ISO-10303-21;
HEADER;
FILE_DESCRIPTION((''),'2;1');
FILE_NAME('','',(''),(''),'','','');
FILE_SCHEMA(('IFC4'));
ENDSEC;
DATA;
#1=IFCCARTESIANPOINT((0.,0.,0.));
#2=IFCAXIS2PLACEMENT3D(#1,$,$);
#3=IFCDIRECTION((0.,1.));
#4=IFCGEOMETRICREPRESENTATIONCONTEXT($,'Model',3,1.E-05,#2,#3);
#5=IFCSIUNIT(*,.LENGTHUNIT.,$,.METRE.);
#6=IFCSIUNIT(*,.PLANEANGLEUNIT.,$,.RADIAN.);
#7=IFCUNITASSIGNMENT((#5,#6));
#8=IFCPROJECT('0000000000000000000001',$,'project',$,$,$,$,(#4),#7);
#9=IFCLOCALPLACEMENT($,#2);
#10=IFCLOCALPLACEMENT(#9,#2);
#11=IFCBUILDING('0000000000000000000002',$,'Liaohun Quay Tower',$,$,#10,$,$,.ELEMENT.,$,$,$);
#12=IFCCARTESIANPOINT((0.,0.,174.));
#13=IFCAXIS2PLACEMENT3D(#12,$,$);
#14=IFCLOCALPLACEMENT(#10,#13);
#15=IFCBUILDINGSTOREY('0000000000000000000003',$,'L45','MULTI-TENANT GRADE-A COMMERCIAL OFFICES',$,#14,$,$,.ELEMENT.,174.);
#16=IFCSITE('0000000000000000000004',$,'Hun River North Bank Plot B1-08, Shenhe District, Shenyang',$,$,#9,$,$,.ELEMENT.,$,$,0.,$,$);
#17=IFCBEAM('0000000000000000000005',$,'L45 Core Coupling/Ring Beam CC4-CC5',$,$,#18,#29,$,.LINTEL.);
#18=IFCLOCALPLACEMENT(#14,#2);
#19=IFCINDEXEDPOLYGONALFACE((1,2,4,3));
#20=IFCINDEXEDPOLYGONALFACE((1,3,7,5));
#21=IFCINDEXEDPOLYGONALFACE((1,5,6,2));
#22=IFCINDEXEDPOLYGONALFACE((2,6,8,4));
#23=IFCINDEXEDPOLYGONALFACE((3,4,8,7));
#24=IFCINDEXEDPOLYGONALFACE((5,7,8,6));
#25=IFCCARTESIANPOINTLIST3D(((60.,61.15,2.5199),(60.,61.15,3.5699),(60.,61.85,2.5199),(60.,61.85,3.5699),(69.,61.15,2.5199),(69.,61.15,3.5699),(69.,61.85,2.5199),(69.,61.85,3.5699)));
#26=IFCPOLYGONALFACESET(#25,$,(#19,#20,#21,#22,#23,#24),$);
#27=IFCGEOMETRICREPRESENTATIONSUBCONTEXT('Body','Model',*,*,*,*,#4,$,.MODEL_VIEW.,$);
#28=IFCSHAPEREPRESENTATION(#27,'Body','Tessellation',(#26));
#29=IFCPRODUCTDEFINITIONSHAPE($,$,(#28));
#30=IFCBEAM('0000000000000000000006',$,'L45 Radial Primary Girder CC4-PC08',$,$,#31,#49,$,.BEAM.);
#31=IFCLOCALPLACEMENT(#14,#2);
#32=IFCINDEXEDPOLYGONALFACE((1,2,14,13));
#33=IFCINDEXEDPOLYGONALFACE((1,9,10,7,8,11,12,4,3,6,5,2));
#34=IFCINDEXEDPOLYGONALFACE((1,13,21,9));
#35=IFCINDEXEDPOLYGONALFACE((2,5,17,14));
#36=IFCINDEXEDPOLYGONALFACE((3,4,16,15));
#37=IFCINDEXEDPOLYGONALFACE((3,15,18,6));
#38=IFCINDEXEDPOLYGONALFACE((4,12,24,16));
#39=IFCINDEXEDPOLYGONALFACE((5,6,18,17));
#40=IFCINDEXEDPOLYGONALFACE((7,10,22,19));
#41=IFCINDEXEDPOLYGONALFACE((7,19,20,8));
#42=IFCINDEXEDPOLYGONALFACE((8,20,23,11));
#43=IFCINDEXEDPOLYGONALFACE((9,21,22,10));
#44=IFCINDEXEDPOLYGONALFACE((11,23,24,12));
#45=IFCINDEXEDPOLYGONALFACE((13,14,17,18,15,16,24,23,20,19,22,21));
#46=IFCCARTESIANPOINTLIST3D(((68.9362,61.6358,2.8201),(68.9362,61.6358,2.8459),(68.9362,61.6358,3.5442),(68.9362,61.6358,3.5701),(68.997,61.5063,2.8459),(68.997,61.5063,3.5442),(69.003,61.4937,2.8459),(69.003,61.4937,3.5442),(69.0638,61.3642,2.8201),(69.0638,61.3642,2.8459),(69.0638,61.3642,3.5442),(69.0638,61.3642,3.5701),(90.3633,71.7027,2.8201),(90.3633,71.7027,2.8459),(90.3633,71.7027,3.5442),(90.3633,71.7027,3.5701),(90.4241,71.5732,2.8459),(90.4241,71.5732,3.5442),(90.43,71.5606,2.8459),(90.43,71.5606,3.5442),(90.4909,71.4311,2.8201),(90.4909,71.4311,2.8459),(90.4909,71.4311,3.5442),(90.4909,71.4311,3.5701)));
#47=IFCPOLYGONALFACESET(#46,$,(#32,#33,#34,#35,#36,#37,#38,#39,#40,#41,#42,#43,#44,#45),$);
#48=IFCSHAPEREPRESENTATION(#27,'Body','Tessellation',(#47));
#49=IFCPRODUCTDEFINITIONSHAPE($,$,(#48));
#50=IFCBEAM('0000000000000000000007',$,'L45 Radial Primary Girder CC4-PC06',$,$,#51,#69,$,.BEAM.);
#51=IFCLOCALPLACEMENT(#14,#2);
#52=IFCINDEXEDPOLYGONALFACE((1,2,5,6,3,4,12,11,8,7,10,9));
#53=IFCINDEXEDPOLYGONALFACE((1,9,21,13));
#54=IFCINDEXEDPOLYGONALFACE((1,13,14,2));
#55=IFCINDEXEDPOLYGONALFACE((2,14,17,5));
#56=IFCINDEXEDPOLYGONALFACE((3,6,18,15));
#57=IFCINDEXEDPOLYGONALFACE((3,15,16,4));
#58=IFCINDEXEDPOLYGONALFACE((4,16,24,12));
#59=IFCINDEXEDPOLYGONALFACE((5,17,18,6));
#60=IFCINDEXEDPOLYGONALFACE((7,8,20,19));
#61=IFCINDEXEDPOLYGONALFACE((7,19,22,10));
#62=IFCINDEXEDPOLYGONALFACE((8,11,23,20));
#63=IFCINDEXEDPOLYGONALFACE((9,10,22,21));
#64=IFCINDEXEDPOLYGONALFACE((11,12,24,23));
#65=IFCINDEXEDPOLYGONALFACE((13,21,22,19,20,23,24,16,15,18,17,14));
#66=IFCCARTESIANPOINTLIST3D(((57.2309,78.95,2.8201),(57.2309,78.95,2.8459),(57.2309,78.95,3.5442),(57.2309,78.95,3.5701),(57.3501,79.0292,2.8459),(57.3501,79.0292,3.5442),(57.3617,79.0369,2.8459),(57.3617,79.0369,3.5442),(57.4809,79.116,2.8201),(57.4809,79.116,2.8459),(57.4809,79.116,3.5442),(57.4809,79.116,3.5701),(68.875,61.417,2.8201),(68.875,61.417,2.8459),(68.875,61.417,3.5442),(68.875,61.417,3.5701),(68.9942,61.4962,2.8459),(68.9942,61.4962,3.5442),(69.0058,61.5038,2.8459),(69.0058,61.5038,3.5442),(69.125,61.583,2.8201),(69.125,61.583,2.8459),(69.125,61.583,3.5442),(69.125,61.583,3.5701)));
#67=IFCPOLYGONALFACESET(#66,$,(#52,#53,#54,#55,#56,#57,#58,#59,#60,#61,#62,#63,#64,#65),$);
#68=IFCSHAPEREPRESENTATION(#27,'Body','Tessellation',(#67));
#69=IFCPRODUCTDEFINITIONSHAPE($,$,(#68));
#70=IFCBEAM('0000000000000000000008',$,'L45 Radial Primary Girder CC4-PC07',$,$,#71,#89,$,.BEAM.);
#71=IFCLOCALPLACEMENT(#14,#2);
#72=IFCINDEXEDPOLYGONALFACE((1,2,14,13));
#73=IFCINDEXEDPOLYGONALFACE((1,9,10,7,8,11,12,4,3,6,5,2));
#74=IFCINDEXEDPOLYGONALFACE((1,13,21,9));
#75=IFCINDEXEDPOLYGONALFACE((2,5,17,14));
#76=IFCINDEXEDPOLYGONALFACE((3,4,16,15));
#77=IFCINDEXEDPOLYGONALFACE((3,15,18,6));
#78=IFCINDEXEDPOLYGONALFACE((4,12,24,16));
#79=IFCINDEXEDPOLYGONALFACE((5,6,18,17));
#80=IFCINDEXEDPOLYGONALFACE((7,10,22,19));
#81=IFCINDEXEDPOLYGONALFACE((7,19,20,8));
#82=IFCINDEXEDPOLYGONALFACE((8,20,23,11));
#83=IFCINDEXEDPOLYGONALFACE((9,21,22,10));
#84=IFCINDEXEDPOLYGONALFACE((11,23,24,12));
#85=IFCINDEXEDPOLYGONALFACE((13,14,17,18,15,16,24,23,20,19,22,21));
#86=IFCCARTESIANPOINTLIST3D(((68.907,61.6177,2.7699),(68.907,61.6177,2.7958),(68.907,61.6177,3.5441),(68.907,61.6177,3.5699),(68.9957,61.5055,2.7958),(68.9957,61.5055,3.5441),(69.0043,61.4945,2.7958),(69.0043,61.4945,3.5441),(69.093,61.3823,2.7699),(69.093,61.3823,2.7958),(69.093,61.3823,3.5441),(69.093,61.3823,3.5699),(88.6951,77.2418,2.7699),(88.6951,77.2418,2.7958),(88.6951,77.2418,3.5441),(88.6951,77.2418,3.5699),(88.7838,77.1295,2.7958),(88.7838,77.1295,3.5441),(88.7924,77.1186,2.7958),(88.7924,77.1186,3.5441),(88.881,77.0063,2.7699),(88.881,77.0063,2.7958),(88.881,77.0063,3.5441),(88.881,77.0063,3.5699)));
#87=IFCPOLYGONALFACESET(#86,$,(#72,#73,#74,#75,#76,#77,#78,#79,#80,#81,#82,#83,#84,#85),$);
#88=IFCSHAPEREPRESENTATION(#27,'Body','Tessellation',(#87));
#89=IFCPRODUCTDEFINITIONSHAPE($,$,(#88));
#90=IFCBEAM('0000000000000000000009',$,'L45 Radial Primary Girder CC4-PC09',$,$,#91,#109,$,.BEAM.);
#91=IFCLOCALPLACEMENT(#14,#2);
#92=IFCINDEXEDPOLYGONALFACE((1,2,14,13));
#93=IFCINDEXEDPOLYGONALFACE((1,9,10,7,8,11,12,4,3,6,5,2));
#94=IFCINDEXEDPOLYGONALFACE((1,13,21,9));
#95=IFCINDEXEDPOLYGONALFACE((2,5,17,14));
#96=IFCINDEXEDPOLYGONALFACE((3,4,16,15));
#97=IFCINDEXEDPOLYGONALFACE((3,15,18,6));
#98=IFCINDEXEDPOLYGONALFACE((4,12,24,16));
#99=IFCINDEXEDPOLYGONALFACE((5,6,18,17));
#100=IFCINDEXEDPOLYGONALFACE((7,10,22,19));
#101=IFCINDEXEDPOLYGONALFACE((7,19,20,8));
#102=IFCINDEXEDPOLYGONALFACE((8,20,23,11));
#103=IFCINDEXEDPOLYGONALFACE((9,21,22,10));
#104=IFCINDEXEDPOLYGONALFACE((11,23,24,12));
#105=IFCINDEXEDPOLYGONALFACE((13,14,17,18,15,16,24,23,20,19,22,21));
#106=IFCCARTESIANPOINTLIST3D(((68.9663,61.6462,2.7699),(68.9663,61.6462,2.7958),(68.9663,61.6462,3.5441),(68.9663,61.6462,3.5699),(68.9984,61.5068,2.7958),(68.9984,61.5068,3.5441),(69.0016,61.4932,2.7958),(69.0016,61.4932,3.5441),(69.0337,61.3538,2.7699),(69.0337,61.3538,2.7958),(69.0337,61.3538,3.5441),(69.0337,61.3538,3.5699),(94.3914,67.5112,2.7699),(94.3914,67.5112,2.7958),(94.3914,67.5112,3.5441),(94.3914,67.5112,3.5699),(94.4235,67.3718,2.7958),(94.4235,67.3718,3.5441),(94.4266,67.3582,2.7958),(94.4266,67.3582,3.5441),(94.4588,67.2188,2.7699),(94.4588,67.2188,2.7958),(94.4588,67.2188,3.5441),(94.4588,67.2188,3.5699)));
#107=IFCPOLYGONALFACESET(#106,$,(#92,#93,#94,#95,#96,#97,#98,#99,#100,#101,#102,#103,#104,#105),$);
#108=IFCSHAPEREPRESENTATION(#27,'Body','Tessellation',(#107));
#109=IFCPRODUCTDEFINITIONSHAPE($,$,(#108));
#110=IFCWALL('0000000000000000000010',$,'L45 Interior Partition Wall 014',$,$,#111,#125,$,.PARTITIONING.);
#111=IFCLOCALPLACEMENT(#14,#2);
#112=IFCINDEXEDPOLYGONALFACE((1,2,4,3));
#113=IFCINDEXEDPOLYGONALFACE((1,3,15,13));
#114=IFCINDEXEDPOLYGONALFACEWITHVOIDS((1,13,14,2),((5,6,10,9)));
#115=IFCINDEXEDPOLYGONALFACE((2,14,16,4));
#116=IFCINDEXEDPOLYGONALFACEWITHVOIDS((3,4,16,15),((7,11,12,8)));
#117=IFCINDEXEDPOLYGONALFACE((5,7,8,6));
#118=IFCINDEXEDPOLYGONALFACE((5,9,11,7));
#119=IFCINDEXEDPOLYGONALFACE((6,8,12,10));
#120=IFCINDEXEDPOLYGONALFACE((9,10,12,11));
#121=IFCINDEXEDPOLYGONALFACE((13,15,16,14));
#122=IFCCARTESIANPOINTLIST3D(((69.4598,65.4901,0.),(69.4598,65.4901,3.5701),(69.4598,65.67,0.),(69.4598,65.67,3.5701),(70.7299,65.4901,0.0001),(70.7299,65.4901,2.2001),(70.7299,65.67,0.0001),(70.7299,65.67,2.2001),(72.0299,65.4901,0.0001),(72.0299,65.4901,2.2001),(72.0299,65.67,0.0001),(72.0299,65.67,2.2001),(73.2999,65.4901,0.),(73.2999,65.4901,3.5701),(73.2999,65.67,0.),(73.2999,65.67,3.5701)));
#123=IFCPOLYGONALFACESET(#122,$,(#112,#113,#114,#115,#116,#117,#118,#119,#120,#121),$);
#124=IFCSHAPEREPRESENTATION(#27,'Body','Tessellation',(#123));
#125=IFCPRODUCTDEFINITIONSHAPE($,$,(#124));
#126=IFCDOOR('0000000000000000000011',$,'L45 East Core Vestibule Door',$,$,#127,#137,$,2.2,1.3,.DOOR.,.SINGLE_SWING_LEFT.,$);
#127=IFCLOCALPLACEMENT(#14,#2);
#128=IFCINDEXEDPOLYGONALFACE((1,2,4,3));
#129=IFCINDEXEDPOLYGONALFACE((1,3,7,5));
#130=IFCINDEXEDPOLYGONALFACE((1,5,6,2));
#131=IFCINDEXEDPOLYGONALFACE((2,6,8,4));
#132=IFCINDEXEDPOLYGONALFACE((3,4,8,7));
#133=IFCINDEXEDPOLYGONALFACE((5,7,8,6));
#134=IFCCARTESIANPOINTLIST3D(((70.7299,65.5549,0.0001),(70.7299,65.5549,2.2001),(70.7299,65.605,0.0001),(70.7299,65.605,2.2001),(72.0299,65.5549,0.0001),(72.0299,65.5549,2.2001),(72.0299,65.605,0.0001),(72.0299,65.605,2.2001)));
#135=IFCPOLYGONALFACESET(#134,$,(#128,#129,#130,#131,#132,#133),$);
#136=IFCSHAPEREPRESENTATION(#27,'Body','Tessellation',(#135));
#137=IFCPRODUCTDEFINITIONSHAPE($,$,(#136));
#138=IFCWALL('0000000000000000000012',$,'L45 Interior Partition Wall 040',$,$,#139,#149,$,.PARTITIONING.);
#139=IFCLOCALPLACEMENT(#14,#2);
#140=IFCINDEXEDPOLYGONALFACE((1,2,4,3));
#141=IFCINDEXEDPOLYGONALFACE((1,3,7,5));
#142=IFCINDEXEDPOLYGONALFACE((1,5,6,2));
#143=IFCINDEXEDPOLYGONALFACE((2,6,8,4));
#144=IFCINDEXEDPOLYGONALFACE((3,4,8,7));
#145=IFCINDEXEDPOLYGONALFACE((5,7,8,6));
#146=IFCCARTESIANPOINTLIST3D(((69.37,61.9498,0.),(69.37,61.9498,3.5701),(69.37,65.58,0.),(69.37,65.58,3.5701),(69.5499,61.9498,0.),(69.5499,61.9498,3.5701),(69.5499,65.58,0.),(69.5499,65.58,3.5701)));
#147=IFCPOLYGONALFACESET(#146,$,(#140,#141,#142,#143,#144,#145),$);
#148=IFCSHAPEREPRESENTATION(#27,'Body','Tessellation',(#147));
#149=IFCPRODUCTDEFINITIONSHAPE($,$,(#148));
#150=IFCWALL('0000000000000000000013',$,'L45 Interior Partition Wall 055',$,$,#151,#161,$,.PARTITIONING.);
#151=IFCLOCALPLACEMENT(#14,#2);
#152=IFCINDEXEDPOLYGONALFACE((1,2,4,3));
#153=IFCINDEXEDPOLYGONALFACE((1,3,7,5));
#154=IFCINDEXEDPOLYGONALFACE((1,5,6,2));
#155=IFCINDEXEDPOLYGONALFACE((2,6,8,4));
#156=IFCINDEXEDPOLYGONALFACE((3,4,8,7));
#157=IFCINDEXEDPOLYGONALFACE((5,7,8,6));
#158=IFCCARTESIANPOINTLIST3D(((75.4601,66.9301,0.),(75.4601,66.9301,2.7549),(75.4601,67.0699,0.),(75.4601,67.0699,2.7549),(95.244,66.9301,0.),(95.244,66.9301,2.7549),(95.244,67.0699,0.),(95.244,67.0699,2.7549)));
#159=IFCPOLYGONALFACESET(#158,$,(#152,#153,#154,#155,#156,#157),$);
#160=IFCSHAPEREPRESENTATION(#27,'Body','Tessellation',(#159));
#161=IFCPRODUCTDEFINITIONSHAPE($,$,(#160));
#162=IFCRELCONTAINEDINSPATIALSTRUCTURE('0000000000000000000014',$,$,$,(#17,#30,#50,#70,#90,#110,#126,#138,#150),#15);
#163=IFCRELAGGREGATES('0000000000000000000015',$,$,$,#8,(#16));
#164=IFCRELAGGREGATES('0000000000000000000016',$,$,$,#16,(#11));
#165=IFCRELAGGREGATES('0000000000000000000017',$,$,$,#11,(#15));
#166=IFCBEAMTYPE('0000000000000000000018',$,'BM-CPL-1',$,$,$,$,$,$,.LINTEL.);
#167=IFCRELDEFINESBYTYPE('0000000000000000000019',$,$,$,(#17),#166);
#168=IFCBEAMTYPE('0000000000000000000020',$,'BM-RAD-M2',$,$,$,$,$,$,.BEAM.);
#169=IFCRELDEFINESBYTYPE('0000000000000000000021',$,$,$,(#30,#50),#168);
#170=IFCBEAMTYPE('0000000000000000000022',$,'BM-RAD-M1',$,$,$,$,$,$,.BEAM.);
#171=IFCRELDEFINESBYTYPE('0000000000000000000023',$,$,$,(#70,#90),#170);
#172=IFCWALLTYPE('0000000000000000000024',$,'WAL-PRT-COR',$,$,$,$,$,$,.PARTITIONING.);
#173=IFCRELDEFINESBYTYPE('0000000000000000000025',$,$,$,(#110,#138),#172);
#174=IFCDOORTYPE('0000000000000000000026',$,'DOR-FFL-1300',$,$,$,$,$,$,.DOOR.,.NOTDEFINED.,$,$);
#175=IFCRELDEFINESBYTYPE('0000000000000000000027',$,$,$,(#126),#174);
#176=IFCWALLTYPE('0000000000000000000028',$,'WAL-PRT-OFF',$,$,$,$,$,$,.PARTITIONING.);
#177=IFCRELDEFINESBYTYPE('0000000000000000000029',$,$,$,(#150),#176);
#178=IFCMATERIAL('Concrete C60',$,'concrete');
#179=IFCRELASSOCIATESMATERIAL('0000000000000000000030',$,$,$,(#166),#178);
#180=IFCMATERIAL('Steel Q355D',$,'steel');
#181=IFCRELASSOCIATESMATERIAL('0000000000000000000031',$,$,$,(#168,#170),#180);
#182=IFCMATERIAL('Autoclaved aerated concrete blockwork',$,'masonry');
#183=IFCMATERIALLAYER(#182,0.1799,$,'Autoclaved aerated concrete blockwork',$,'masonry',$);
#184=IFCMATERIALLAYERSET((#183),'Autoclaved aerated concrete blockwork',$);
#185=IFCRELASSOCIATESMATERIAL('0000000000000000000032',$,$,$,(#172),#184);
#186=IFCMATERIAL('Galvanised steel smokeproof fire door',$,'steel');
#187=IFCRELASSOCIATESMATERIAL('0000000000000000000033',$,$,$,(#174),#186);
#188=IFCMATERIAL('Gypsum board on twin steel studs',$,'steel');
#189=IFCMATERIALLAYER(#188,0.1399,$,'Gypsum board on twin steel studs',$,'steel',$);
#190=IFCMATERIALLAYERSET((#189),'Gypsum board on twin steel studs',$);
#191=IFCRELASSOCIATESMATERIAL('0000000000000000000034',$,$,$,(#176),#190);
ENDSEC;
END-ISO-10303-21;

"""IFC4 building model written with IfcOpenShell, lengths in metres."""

from ifc_helpers import new_model, si_unit, direction, frame, frame_2d, origin, origin_2d, place, context, subcontext, project, spatial, rectangle, i_section, extrude, source, transform, mapped, material, layer, layer_set, material_profile, profile_set, type_object, element, fill, save


model = new_model("IFC4")

# Units and contexts
model_context = context("Model", 3, precision=1e-05, world=origin(), true_north=direction((0.0, 1.0)))
body_context = subcontext(model_context, "Body", "Model", "MODEL_VIEW")
ifc_project = project(units=[si_unit("LENGTHUNIT", "METRE"), si_unit("PLANEANGLEUNIT", "RADIAN")], contexts=[model_context])

# Site, building, storey
site_placement = place(None, origin())
site = spatial("IfcSite", under=ifc_project, at=site_placement, Name="Hun River North Bank Plot B1-08, Shenhe District, Shenyang", CompositionType="ELEMENT", RefElevation=0.0)
building_placement = place(site_placement, origin())
building = spatial("IfcBuilding", under=site, at=building_placement, Name="Liaohun Quay Tower", CompositionType="ELEMENT")
storey_placement = place(building_placement, frame((0.0, 0.0, 174.0)))
storey = spatial("IfcBuildingStorey", under=building, at=storey_placement, Name="L45", Description="MULTI-TENANT GRADE-A COMMERCIAL OFFICES", CompositionType="ELEMENT", Elevation=174.0)

# Beams
ifc_material_1 = material(Name="Concrete C60", Category="concrete")
ifc_material_profile_1 = material_profile(ifc_material_1, rectangle(XDim=0.7, YDim=1.05, at=origin_2d()), Name="RC700x1050")
ifc_profile_set_1 = profile_set([ifc_material_profile_1], Name="Concrete C60")
beam_type_1 = type_object("IfcBeamType", Name="BM-CPL-1", PredefinedType="LINTEL", material=ifc_profile_set_1)
shared_shape_1 = source(origin(), body_context, "Body", "SweptSolid", [
    extrude(rectangle(XDim=0.7, YDim=1.05, at=origin_2d()), origin(), (0.0, 0.0, 1.0), 9.0),
])
beam_1_placement = place(storey_placement, frame((69.0, 61.5, 3.0449), z_axis=(-1.0, 0.0, 0.0), x_axis=(0.0, -1.0, 0.0)))
element("IfcBeam", 1, at=beam_1_placement, inside=storey, type_object=beam_type_1, Name="L45 Core Coupling/Ring Beam CC4-CC5", PredefinedType="LINTEL", context=body_context, shape_type="MappedRepresentation", body=[
    mapped(shared_shape_1, transform((0.0, 0.0, 0.0), x_axis=(1.0, 0.0, 0.0), y_axis=(0.0, 1.0, 0.0), z_axis=(0.0, 0.0, 1.0), scale=1.0)),
])
ifc_material_2 = material(Name="Steel Q355D", Category="steel")
ifc_material_profile_2 = material_profile(ifc_material_2, i_section(OverallWidth=0.3, OverallDepth=0.75, WebThickness=0.0139, FlangeThickness=0.0259, at=origin_2d()), Name="HN750x300x14x26")
ifc_profile_set_2 = profile_set([ifc_material_profile_2], Name="Steel Q355D")
beam_type_2 = type_object("IfcBeamType", Name="BM-RAD-M2", PredefinedType="BEAM", material=ifc_profile_set_2)
shared_shape_2 = source(origin(), body_context, "Body", "SweptSolid", [
    extrude(i_section(OverallWidth=0.3, OverallDepth=0.75, WebThickness=0.0139, FlangeThickness=0.0259, at=origin_2d()), origin(), (0.0, 0.0, 1.0), 23.6741),
])
beam_2_placement = place(storey_placement, frame((69.0, 61.5, 3.1951), z_axis=(0.905085, 0.42523, 0.0), x_axis=(-0.42523, 0.905085, 0.0)))
element("IfcBeam", 2, at=beam_2_placement, inside=storey, type_object=beam_type_2, Name="L45 Radial Primary Girder CC4-PC08", PredefinedType="BEAM", context=body_context, shape_type="MappedRepresentation", body=[
    mapped(shared_shape_2, transform((0.0, 0.0, 0.0), x_axis=(1.0, 0.0, 0.0), y_axis=(0.0, 1.0, 0.0), z_axis=(0.0, 0.0, 1.0), scale=1.0)),
])
shared_shape_3 = source(origin(), body_context, "Body", "SweptSolid", [
    extrude(i_section(OverallWidth=0.3, OverallDepth=0.75, WebThickness=0.0139, FlangeThickness=0.0259, at=origin_2d()), origin(), (0.0, 0.0, 1.0), 21.0474),
])
beam_3_placement = place(storey_placement, frame((69.0, 61.5, 3.1951), z_axis=(-0.553232, 0.833027, 0.0), x_axis=(-0.833027, -0.553232, 0.0)))
element("IfcBeam", 3, at=beam_3_placement, inside=storey, type_object=beam_type_2, Name="L45 Radial Primary Girder CC4-PC06", PredefinedType="BEAM", context=body_context, shape_type="MappedRepresentation", body=[
    mapped(shared_shape_3, transform((0.0, 0.0, 0.0), x_axis=(1.0, 0.0, 0.0), y_axis=(0.0, 1.0, 0.0), z_axis=(0.0, 0.0, 1.0), scale=1.0)),
])
ifc_material_profile_3 = material_profile(ifc_material_2, i_section(OverallWidth=0.3, OverallDepth=0.8, WebThickness=0.0139, FlangeThickness=0.0259, at=origin_2d()), Name="HN800x300x14x26")
ifc_profile_set_3 = profile_set([ifc_material_profile_3], Name="Steel Q355D")
beam_type_3 = type_object("IfcBeamType", Name="BM-RAD-M1", PredefinedType="BEAM", material=ifc_profile_set_3)
shared_shape_4 = source(origin(), body_context, "Body", "SweptSolid", [
    extrude(i_section(OverallWidth=0.3, OverallDepth=0.8, WebThickness=0.0139, FlangeThickness=0.0259, at=origin_2d()), origin(), (0.0, 0.0, 1.0), 25.2126),
])
beam_4_placement = place(storey_placement, frame((69.0, 61.5, 3.1699), z_axis=(0.784847, 0.619689, 0.0), x_axis=(-0.619689, 0.784847, 0.0)))
element("IfcBeam", 4, at=beam_4_placement, inside=storey, type_object=beam_type_3, Name="L45 Radial Primary Girder CC4-PC07", PredefinedType="BEAM", context=body_context, shape_type="MappedRepresentation", body=[
    mapped(shared_shape_4, transform((0.0, 0.0, 0.0), x_axis=(1.0, 0.0, 0.0), y_axis=(0.0, 1.0, 0.0), z_axis=(0.0, 0.0, 1.0), scale=1.0)),
])
shared_shape_5 = source(origin(), body_context, "Body", "SweptSolid", [
    extrude(i_section(OverallWidth=0.3, OverallDepth=0.8, WebThickness=0.0139, FlangeThickness=0.0259, at=origin_2d()), origin(), (0.0, 0.0, 1.0), 26.0928),
])
beam_5_placement = place(storey_placement, frame((69.0, 61.5, 3.1699), z_axis=(0.974411, 0.224775, 0.0), x_axis=(-0.224775, 0.974411, 0.0)))
element("IfcBeam", 5, at=beam_5_placement, inside=storey, type_object=beam_type_3, Name="L45 Radial Primary Girder CC4-PC09", PredefinedType="BEAM", context=body_context, shape_type="MappedRepresentation", body=[
    mapped(shared_shape_5, transform((0.0, 0.0, 0.0), x_axis=(1.0, 0.0, 0.0), y_axis=(0.0, 1.0, 0.0), z_axis=(0.0, 0.0, 1.0), scale=1.0)),
])

# Wall, opening, door
ifc_material_3 = material(Name="Autoclaved aerated concrete blockwork", Category="masonry")
ifc_layer_1 = layer(ifc_material_3, 0.1799, Name="Autoclaved aerated concrete blockwork", Category="masonry")
ifc_layer_set_1 = layer_set([ifc_layer_1], Name="Autoclaved aerated concrete blockwork")
wall_type_1 = type_object("IfcWallType", Name="WAL-PRT-COR", PredefinedType="PARTITIONING", material=ifc_layer_set_1)
wall_1_placement = place(storey_placement, frame((69.46, 65.5801, 0.0), z_axis=(0.0, 0.0, 1.0), x_axis=(1.0, 0.0, 0.0)))
wall_1 = element("IfcWall", 6, at=wall_1_placement, inside=storey, type_object=wall_type_1, Name="L45 Interior Partition Wall 014", PredefinedType="PARTITIONING", context=body_context, shape_type="SweptSolid", body=[
    extrude(rectangle(XDim=3.8401, YDim=0.1799, at=frame_2d((1.9199, 0.0))), origin(), (0.0, 0.0, 1.0), 3.5701),
])
shared_shape_6 = source(origin(), body_context, "Body", "SweptSolid", [
    extrude(rectangle(XDim=1.3, YDim=2.2, at=frame_2d((0.6499, 1.1001))), frame((0.0, 0.0999, 0.0), z_axis=(0.0, -1.0, 0.0), x_axis=(1.0, 0.0, 0.0)), (0.0, 0.0, 1.0), 0.2),
])
opening_1_placement = place(wall_1_placement, frame((1.27, 0.0, 0.0)))
opening_1 = element("IfcOpeningElement", 7, at=opening_1_placement, cuts=wall_1, PredefinedType="OPENING", context=body_context, shape_type="MappedRepresentation", body=[
    mapped(shared_shape_6, transform((0.0, 0.0, 0.0), x_axis=(1.0, 0.0, 0.0), y_axis=(0.0, 1.0, 0.0), z_axis=(0.0, 0.0, 1.0), scale=1.0)),
])
ifc_material_4 = material(Name="Galvanised steel smokeproof fire door", Category="steel")
door_type_1 = type_object("IfcDoorType", Name="DOR-FFL-1300", OperationType="NOTDEFINED", PredefinedType="DOOR", material=ifc_material_4)
shared_shape_7 = source(origin(), body_context, "Body", "SweptSolid", [
    extrude(rectangle(XDim=1.3, YDim=2.2, at=frame_2d((0.6499, 1.1001))), frame((0.0, 0.0249, 0.0), z_axis=(0.0, -1.0, 0.0), x_axis=(1.0, 0.0, 0.0)), (0.0, 0.0, 1.0), 0.05),
])
door_1_placement = place(opening_1_placement, origin())
door_1 = element("IfcDoor", 8, at=door_1_placement, inside=storey, type_object=door_type_1, Name="L45 East Core Vestibule Door", OperationType="SINGLE_SWING_LEFT", OverallHeight=2.2, OverallWidth=1.3, PredefinedType="DOOR", context=body_context, shape_type="MappedRepresentation", body=[
    mapped(shared_shape_7, transform((0.0, 0.0, 0.0), x_axis=(1.0, 0.0, 0.0), y_axis=(0.0, 1.0, 0.0), z_axis=(0.0, 0.0, 1.0), scale=1.0)),
])
fill(opening_1, door_1)

# Walls
wall_2_placement = place(storey_placement, frame((69.46, 61.95, 0.0), z_axis=(0.0, 0.0, 1.0), x_axis=(0.0, 1.0, 0.0)))
element("IfcWall", 9, at=wall_2_placement, inside=storey, type_object=wall_type_1, Name="L45 Interior Partition Wall 040", PredefinedType="PARTITIONING", context=body_context, shape_type="SweptSolid", body=[
    extrude(rectangle(XDim=3.6301, YDim=0.1799, at=frame_2d((1.8149, 0.0))), origin(), (0.0, 0.0, 1.0), 3.5701),
])
ifc_material_5 = material(Name="Gypsum board on twin steel studs", Category="steel")
ifc_layer_2 = layer(ifc_material_5, 0.1399, Name="Gypsum board on twin steel studs", Category="steel")
ifc_layer_set_2 = layer_set([ifc_layer_2], Name="Gypsum board on twin steel studs")
wall_type_2 = type_object("IfcWallType", Name="WAL-PRT-OFF", PredefinedType="PARTITIONING", material=ifc_layer_set_2)
wall_3_placement = place(storey_placement, frame((75.46, 67.0, 0.0), z_axis=(0.0, 0.0, 1.0), x_axis=(1.0, 0.0, 0.0)))
element("IfcWall", 10, at=wall_3_placement, inside=storey, type_object=wall_type_2, Name="L45 Interior Partition Wall 055", PredefinedType="PARTITIONING", context=body_context, shape_type="SweptSolid", body=[
    extrude(rectangle(XDim=19.7839, YDim=0.1399, at=frame_2d((9.8921, 0.0))), origin(), (0.0, 0.0, 1.0), 2.7549),
])

save(model, "model.ifc")
